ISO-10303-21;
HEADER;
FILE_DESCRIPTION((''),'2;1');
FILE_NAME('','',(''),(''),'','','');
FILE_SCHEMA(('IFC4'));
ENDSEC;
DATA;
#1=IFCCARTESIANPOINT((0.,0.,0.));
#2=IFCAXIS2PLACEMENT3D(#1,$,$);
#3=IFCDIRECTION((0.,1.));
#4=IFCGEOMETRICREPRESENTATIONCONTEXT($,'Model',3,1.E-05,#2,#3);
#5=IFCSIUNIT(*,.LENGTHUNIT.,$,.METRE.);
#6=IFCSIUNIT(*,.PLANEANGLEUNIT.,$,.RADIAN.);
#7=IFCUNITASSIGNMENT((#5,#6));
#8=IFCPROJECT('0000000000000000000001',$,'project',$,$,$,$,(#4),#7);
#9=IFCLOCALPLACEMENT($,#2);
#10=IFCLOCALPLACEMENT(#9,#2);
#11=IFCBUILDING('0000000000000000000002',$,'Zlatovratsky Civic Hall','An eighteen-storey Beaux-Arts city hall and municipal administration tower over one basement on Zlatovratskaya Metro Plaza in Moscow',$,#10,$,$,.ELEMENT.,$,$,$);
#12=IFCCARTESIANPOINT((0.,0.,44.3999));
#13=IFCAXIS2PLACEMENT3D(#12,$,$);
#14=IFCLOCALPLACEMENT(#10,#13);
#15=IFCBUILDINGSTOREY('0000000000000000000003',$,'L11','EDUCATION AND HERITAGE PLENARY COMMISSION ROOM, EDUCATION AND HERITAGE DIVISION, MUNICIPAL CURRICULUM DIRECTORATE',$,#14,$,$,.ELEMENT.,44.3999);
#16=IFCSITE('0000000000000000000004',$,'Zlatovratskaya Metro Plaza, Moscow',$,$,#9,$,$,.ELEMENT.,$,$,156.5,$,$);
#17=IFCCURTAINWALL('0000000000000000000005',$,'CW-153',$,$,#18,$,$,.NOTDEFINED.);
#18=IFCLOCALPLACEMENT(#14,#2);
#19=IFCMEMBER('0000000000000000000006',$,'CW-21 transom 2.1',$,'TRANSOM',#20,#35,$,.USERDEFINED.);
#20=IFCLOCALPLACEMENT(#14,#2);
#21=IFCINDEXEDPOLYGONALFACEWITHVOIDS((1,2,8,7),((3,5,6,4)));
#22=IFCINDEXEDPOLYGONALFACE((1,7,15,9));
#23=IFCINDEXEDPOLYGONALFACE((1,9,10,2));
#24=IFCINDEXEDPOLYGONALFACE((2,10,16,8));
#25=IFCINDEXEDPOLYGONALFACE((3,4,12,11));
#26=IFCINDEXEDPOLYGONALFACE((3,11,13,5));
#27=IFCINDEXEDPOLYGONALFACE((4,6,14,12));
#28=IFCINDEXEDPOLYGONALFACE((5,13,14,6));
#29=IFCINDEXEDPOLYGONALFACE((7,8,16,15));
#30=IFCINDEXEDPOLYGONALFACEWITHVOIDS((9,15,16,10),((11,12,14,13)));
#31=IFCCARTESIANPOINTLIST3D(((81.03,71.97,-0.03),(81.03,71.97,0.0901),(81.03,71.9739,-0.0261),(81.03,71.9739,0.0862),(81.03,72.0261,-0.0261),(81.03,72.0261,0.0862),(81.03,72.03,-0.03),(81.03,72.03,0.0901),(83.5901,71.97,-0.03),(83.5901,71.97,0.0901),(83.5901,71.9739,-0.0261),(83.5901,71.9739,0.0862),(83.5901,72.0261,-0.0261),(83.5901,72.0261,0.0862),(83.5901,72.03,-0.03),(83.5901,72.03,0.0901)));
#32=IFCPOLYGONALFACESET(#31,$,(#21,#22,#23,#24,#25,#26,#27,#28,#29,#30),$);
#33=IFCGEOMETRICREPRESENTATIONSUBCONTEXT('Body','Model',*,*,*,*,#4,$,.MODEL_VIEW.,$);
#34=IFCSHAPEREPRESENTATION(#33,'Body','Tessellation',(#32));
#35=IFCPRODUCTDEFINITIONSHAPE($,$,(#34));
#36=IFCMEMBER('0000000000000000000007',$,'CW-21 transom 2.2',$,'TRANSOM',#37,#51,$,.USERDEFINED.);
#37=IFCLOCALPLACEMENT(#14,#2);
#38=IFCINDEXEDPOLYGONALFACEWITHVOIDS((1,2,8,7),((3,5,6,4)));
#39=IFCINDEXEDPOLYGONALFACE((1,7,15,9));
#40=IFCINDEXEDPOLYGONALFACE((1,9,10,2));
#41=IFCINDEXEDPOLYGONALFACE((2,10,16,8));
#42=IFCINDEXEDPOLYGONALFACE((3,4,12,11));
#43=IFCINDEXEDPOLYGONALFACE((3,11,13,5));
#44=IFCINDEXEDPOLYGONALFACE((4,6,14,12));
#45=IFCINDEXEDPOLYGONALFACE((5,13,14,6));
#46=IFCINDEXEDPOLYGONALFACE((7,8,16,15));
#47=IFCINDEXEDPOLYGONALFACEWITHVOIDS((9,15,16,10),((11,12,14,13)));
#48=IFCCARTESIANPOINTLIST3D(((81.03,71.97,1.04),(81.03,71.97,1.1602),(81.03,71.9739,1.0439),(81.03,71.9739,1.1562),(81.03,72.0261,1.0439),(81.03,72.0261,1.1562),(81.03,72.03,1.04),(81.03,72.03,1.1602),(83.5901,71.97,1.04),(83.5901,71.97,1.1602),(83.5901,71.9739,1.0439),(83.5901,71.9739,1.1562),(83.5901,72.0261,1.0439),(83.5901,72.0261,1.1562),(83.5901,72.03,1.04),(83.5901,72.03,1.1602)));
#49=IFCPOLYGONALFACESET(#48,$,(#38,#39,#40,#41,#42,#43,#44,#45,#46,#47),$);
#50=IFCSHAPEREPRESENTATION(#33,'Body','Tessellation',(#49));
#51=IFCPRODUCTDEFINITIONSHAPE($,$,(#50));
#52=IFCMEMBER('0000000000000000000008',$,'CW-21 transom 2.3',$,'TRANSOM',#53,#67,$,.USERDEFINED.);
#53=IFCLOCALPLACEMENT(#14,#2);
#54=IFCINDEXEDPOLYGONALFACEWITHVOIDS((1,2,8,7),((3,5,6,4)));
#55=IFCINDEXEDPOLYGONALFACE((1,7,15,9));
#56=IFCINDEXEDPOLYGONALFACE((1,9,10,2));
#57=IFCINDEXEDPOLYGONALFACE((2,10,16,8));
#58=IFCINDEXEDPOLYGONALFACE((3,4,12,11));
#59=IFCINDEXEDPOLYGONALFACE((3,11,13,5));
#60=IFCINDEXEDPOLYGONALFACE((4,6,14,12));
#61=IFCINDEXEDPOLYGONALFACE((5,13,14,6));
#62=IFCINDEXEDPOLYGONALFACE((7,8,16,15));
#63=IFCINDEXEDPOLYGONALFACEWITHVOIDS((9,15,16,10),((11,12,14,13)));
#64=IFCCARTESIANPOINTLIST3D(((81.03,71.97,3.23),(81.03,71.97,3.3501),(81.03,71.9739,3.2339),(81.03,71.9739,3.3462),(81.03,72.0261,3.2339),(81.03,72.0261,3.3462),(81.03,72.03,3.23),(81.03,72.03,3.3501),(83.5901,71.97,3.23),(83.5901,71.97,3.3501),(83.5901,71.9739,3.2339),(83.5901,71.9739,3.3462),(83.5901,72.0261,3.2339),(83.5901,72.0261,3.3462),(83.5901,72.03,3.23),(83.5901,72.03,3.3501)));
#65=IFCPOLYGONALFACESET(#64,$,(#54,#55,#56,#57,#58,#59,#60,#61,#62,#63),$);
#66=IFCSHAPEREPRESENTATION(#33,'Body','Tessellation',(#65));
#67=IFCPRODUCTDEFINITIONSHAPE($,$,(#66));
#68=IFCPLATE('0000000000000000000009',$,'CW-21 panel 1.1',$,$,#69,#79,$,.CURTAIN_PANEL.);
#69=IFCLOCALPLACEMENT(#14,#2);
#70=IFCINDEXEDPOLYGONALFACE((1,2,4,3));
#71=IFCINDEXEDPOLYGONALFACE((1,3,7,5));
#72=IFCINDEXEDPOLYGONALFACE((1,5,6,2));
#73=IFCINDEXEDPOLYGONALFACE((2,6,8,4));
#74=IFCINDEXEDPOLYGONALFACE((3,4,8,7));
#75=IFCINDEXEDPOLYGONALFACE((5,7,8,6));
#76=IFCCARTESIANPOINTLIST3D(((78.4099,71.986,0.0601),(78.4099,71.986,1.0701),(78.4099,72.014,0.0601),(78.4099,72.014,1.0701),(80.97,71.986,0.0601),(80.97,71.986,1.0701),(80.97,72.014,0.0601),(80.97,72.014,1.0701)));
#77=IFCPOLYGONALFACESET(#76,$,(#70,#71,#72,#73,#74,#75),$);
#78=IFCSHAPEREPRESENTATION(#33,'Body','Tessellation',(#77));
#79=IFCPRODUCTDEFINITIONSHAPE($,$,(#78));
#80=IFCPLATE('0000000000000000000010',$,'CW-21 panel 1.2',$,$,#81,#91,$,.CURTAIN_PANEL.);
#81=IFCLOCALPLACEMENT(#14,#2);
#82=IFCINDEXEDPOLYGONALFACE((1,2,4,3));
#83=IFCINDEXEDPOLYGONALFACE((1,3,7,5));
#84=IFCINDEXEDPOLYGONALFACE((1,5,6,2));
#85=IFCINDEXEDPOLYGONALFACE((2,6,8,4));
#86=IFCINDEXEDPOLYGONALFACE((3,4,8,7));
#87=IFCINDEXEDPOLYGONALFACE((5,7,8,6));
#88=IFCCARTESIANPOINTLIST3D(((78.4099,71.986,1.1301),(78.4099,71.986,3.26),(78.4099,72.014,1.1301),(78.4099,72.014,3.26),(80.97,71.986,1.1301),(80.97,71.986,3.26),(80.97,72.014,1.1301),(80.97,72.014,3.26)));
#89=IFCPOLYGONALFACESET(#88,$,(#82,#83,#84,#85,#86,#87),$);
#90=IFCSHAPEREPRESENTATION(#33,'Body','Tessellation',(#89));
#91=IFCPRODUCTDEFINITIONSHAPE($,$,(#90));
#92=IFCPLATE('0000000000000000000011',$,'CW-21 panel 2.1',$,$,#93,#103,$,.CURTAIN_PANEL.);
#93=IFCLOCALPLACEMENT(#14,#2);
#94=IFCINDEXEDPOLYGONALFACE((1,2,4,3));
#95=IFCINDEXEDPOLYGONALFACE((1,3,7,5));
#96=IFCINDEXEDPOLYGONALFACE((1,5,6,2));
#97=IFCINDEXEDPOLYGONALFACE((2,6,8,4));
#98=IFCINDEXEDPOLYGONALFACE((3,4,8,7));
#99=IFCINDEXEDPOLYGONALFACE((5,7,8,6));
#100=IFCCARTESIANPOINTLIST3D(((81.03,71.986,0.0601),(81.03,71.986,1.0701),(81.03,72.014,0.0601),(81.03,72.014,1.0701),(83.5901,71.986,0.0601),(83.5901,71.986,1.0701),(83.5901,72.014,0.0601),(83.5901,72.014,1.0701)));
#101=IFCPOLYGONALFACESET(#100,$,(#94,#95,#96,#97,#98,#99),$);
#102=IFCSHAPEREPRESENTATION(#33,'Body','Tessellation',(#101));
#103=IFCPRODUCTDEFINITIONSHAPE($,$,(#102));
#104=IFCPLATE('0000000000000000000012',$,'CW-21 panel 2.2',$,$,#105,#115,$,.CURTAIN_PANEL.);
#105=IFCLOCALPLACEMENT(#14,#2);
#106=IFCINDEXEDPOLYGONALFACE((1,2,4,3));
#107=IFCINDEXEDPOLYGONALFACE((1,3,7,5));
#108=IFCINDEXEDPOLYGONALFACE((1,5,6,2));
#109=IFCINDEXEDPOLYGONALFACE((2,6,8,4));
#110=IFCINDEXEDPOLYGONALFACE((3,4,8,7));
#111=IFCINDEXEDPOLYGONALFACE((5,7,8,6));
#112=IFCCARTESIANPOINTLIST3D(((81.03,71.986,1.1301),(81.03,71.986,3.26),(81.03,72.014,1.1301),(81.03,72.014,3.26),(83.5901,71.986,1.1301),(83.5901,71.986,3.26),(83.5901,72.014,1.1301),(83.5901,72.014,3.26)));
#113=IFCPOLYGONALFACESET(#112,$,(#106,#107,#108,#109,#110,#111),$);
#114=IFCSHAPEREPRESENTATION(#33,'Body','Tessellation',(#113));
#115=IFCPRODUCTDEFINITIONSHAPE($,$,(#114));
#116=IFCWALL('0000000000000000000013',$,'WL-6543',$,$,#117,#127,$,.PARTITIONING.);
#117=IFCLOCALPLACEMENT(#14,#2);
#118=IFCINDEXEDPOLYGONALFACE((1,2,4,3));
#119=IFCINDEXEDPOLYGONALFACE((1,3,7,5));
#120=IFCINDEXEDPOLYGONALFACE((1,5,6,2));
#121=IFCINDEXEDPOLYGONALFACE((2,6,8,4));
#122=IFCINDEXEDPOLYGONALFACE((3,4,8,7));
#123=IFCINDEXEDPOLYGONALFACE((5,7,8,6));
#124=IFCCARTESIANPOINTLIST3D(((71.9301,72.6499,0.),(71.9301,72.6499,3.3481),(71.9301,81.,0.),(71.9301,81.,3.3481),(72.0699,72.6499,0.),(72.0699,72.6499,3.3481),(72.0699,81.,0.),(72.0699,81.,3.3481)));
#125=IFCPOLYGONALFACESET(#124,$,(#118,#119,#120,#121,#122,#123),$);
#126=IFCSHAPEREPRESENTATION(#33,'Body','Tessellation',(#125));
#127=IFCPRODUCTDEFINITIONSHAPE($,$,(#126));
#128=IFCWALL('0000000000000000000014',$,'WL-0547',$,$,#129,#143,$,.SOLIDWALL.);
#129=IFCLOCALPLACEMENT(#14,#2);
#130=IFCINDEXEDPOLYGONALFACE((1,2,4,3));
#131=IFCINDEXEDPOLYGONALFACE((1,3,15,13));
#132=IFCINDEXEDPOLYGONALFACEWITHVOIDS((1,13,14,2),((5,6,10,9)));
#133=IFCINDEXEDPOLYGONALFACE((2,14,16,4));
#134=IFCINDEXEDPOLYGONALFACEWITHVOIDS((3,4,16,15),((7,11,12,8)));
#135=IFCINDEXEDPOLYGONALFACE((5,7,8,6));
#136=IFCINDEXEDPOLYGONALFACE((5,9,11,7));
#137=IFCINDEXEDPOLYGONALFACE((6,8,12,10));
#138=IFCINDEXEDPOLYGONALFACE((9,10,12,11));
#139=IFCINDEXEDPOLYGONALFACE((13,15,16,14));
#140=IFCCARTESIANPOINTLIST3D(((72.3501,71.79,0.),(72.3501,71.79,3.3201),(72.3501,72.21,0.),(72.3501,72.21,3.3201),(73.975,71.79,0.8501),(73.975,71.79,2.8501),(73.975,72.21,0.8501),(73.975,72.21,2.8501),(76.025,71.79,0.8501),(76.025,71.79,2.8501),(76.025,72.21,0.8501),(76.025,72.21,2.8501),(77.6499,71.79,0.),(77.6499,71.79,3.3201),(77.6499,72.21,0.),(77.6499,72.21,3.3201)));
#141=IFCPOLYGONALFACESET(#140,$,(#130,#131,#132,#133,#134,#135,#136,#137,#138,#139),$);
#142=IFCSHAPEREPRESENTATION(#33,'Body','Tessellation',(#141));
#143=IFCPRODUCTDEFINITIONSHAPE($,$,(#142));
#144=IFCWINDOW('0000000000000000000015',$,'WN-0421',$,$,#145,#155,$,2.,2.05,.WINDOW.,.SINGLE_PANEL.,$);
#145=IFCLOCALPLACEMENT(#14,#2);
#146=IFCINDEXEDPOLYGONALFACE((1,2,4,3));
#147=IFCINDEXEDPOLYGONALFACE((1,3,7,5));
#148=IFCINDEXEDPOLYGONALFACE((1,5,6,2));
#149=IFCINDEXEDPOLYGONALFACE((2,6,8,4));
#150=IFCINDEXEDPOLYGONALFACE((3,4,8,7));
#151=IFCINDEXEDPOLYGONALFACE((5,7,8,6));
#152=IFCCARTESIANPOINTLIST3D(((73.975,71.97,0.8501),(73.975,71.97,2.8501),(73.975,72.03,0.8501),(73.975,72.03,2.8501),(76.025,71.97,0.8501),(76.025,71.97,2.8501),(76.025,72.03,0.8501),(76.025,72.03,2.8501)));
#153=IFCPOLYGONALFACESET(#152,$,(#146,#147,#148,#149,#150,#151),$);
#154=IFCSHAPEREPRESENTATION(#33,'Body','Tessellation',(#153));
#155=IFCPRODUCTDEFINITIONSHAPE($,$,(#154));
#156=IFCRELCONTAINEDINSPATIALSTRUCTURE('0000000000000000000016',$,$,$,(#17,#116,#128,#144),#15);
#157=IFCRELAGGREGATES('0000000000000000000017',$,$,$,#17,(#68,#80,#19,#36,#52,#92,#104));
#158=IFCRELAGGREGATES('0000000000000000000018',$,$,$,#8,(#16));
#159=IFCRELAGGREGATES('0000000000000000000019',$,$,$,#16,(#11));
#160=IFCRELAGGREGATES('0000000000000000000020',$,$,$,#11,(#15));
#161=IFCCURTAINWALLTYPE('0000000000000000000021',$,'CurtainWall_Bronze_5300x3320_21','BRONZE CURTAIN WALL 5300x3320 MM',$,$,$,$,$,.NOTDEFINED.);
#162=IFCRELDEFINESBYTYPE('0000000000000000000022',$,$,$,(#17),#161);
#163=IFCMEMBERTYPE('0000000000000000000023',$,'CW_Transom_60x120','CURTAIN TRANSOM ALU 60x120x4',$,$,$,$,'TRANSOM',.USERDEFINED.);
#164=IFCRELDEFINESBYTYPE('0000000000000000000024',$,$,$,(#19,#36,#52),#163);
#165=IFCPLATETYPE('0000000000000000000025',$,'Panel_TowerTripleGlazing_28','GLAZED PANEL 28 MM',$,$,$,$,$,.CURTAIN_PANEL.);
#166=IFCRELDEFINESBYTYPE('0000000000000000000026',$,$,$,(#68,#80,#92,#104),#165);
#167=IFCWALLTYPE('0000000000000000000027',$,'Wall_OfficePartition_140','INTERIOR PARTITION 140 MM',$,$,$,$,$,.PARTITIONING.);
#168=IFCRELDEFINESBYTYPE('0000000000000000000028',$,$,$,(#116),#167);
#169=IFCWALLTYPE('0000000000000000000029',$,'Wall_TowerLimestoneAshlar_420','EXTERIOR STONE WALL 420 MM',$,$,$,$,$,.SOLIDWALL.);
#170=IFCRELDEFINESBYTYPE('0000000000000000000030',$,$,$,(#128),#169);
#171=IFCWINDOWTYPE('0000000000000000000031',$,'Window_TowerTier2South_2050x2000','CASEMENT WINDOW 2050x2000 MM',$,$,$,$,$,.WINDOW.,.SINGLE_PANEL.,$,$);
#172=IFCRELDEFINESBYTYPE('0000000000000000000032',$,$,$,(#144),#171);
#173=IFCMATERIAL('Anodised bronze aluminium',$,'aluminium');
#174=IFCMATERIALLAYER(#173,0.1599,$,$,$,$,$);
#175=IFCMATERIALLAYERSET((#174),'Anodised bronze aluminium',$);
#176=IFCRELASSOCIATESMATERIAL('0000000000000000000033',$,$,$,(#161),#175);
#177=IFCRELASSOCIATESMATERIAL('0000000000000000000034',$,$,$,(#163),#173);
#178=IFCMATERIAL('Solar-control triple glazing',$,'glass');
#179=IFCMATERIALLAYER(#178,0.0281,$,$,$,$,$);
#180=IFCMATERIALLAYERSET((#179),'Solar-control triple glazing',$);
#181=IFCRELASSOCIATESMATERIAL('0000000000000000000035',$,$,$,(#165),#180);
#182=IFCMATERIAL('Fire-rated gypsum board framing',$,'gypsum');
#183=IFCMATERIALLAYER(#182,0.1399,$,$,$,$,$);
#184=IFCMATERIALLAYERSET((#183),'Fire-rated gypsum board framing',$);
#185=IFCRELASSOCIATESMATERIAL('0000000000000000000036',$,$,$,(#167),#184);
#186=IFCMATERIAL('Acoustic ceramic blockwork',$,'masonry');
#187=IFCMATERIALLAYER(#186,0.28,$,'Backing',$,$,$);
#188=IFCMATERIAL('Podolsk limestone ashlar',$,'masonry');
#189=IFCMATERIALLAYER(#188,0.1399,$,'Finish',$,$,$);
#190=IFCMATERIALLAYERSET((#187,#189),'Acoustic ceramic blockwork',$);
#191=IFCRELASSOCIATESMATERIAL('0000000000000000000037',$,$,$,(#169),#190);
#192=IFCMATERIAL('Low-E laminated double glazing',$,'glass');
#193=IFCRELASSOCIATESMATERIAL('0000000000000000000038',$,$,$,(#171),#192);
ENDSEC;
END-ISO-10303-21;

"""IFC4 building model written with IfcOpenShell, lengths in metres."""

from ifc_helpers import new_model, si_unit, direction, frame, frame_2d, origin, origin_2d, place, context, subcontext, project, spatial, rectangle, hollow_rectangle, extrude, material, layer, layer_set, material_profile, profile_set, type_object, element, fill, aggregate, save


model = new_model("IFC4")

# Units and contexts
model_context = context("Model", 3, precision=1e-05, world=origin(), true_north=direction((0.0, 1.0)))
body_context = subcontext(model_context, "Body", "Model", "MODEL_VIEW")
ifc_project = project(units=[si_unit("LENGTHUNIT", "METRE"), si_unit("PLANEANGLEUNIT", "RADIAN")], contexts=[model_context])

# Site, building, storey
site_placement = place(None, origin())
site = spatial("IfcSite", under=ifc_project, at=site_placement, Name="Zlatovratskaya Metro Plaza, Moscow", CompositionType="ELEMENT", RefElevation=156.5)
building_placement = place(site_placement, origin())
building = spatial("IfcBuilding", under=site, at=building_placement, Name="Zlatovratsky Civic Hall", Description="An eighteen-storey Beaux-Arts city hall and municipal administration tower over one basement on Zlatovratskaya Metro Plaza in Moscow", CompositionType="ELEMENT")
storey_placement = place(building_placement, frame((0.0, 0.0, 44.3999)))
storey = spatial("IfcBuildingStorey", under=building, at=storey_placement, Name="L11", Description="EDUCATION AND HERITAGE PLENARY COMMISSION ROOM, EDUCATION AND HERITAGE DIVISION, MUNICIPAL CURRICULUM DIRECTORATE", CompositionType="ELEMENT", Elevation=44.3999)

# Curtain wall, members, plates
ifc_material_1 = material(Name="Anodised bronze aluminium", Category="aluminium")
ifc_layer_1 = layer(ifc_material_1, 0.1599)
ifc_layer_set_1 = layer_set([ifc_layer_1], Name="Anodised bronze aluminium")
curtain_wall_type = type_object("IfcCurtainWallType", Name="CurtainWall_Bronze_5300x3320_21", Description="BRONZE CURTAIN WALL 5300x3320 MM", PredefinedType="NOTDEFINED", material=ifc_layer_set_1)
curtain_wall_placement = place(storey_placement, origin())
curtain_wall = element("IfcCurtainWall", 1, at=curtain_wall_placement, inside=storey, type_object=curtain_wall_type, Name="CW-153", PredefinedType="NOTDEFINED")
ifc_material_profile_1 = material_profile(ifc_material_1, hollow_rectangle(XDim=0.0601, YDim=0.1201, WallThickness=0.0039, at=origin_2d()), Name="ALU 60x120x4")
ifc_profile_set_1 = profile_set([ifc_material_profile_1], Name="Anodised bronze aluminium")
member_type_1 = type_object("IfcMemberType", Name="CW_Transom_60x120", Description="CURTAIN TRANSOM ALU 60x120x4", ElementType="TRANSOM", PredefinedType="USERDEFINED", material=ifc_profile_set_1)
member_1_placement = place(storey_placement, frame((81.03, 72.0, 0.03), z_axis=(1.0, 0.0, 0.0), x_axis=(0.0, 1.0, 0.0)))
member_1 = element("IfcMember", 2, at=member_1_placement, type_object=member_type_1, Name="CW-21 transom 2.1", ObjectType="TRANSOM", PredefinedType="USERDEFINED", context=body_context, shape_type="SweptSolid", body=[
    extrude(hollow_rectangle(XDim=0.0601, YDim=0.1201, WallThickness=0.0039, at=origin_2d()), origin(), (0.0, 0.0, 1.0), 2.5601),
])
member_2_placement = place(storey_placement, frame((81.03, 72.0, 1.1001), z_axis=(1.0, 0.0, 0.0), x_axis=(0.0, 1.0, 0.0)))
member_2 = element("IfcMember", 3, at=member_2_placement, type_object=member_type_1, Name="CW-21 transom 2.2", ObjectType="TRANSOM", PredefinedType="USERDEFINED", context=body_context, shape_type="SweptSolid", body=[
    extrude(hollow_rectangle(XDim=0.0601, YDim=0.1201, WallThickness=0.0039, at=origin_2d()), origin(), (0.0, 0.0, 1.0), 2.5601),
])
member_3_placement = place(storey_placement, frame((81.03, 72.0, 3.29), z_axis=(1.0, 0.0, 0.0), x_axis=(0.0, 1.0, 0.0)))
member_3 = element("IfcMember", 4, at=member_3_placement, type_object=member_type_1, Name="CW-21 transom 2.3", ObjectType="TRANSOM", PredefinedType="USERDEFINED", context=body_context, shape_type="SweptSolid", body=[
    extrude(hollow_rectangle(XDim=0.0601, YDim=0.1201, WallThickness=0.0039, at=origin_2d()), origin(), (0.0, 0.0, 1.0), 2.5601),
])
ifc_material_2 = material(Name="Solar-control triple glazing", Category="glass")
ifc_layer_2 = layer(ifc_material_2, 0.0281)
ifc_layer_set_2 = layer_set([ifc_layer_2], Name="Solar-control triple glazing")
plate_type = type_object("IfcPlateType", Name="Panel_TowerTripleGlazing_28", Description="GLAZED PANEL 28 MM", PredefinedType="CURTAIN_PANEL", material=ifc_layer_set_2)
plate_1_placement = place(storey_placement, frame((79.6899, 72.0, 0.0601), z_axis=(0.0, 0.0, 1.0), x_axis=(1.0, 0.0, 0.0)))
plate_1 = element("IfcPlate", 5, at=plate_1_placement, type_object=plate_type, Name="CW-21 panel 1.1", PredefinedType="CURTAIN_PANEL", context=body_context, shape_type="SweptSolid", body=[
    extrude(rectangle(XDim=2.5601, YDim=0.0281, at=origin_2d()), origin(), (0.0, 0.0, 1.0), 1.01),
])
plate_2_placement = place(storey_placement, frame((79.6899, 72.0, 1.1301), z_axis=(0.0, 0.0, 1.0), x_axis=(1.0, 0.0, 0.0)))
plate_2 = element("IfcPlate", 6, at=plate_2_placement, type_object=plate_type, Name="CW-21 panel 1.2", PredefinedType="CURTAIN_PANEL", context=body_context, shape_type="SweptSolid", body=[
    extrude(rectangle(XDim=2.5601, YDim=0.0281, at=origin_2d()), origin(), (0.0, 0.0, 1.0), 2.1299),
])
plate_3_placement = place(storey_placement, frame((82.3101, 72.0, 0.0601), z_axis=(0.0, 0.0, 1.0), x_axis=(1.0, 0.0, 0.0)))
plate_3 = element("IfcPlate", 7, at=plate_3_placement, type_object=plate_type, Name="CW-21 panel 2.1", PredefinedType="CURTAIN_PANEL", context=body_context, shape_type="SweptSolid", body=[
    extrude(rectangle(XDim=2.5601, YDim=0.0281, at=origin_2d()), origin(), (0.0, 0.0, 1.0), 1.01),
])
plate_4_placement = place(storey_placement, frame((82.3101, 72.0, 1.1301), z_axis=(0.0, 0.0, 1.0), x_axis=(1.0, 0.0, 0.0)))
plate_4 = element("IfcPlate", 8, at=plate_4_placement, type_object=plate_type, Name="CW-21 panel 2.2", PredefinedType="CURTAIN_PANEL", context=body_context, shape_type="SweptSolid", body=[
    extrude(rectangle(XDim=2.5601, YDim=0.0281, at=origin_2d()), origin(), (0.0, 0.0, 1.0), 2.1299),
])
aggregate(curtain_wall, [plate_1, plate_2, member_1, member_2, member_3, plate_3, plate_4])

# Wall
ifc_material_3 = material(Name="Fire-rated gypsum board framing", Category="gypsum")
ifc_layer_3 = layer(ifc_material_3, 0.1399)
ifc_layer_set_3 = layer_set([ifc_layer_3], Name="Fire-rated gypsum board framing")
wall_type_1 = type_object("IfcWallType", Name="Wall_OfficePartition_140", Description="INTERIOR PARTITION 140 MM", PredefinedType="PARTITIONING", material=ifc_layer_set_3)
wall_1_placement = place(storey_placement, frame((72.0, 72.6499, 0.0), z_axis=(0.0, 0.0, 1.0), x_axis=(0.0, 1.0, 0.0)))
element("IfcWall", 9, at=wall_1_placement, inside=storey, type_object=wall_type_1, Name="WL-6543", PredefinedType="PARTITIONING", context=body_context, shape_type="SweptSolid", body=[
    extrude(rectangle(XDim=8.3501, YDim=0.1399, at=frame_2d((4.175, 0.0))), origin(), (0.0, 0.0, 1.0), 3.3481),
])

# Wall, opening, window
ifc_material_4 = material(Name="Acoustic ceramic blockwork", Category="masonry")
ifc_layer_4 = layer(ifc_material_4, 0.28, Name="Backing")
ifc_material_5 = material(Name="Podolsk limestone ashlar", Category="masonry")
ifc_layer_5 = layer(ifc_material_5, 0.1399, Name="Finish")
ifc_layer_set_4 = layer_set([ifc_layer_4, ifc_layer_5], Name="Acoustic ceramic blockwork")
wall_type_2 = type_object("IfcWallType", Name="Wall_TowerLimestoneAshlar_420", Description="EXTERIOR STONE WALL 420 MM", PredefinedType="SOLIDWALL", material=ifc_layer_set_4)
wall_2_placement = place(storey_placement, frame((72.3501, 72.0, 0.0), z_axis=(0.0, 0.0, 1.0), x_axis=(1.0, 0.0, 0.0)))
wall_2 = element("IfcWall", 10, at=wall_2_placement, inside=storey, type_object=wall_type_2, Name="WL-0547", PredefinedType="SOLIDWALL", context=body_context, shape_type="SweptSolid", body=[
    extrude(rectangle(XDim=5.2998, YDim=0.4199, at=frame_2d((2.6499, 0.0))), origin(), (0.0, 0.0, 1.0), 3.3201),
])
opening_placement = place(wall_2_placement, frame((1.625, 0.0, 0.8501)))
opening = element("IfcOpeningElement", 11, at=opening_placement, cuts=wall_2, PredefinedType="OPENING", context=body_context, shape_type="SweptSolid", body=[
    extrude(rectangle(XDim=2.05, YDim=2.0, at=frame_2d((1.0249, 1.0))), frame((0.0, 0.2249, 0.0), z_axis=(0.0, -1.0, 0.0), x_axis=(1.0, 0.0, 0.0)), (0.0, 0.0, 1.0), 0.4497),
])
ifc_material_6 = material(Name="Low-E laminated double glazing", Category="glass")
window_type = type_object("IfcWindowType", Name="Window_TowerTier2South_2050x2000", Description="CASEMENT WINDOW 2050x2000 MM", PartitioningType="SINGLE_PANEL", PredefinedType="WINDOW", material=ifc_material_6)
window_placement = place(opening_placement, origin())
window = element("IfcWindow", 12, at=window_placement, inside=storey, type_object=window_type, Name="WN-0421", OverallHeight=2.0, OverallWidth=2.05, PartitioningType="SINGLE_PANEL", PredefinedType="WINDOW", context=body_context, shape_type="SweptSolid", body=[
    extrude(rectangle(XDim=2.05, YDim=2.0, at=frame_2d((1.0249, 1.0))), frame((0.0, 0.03, 0.0), z_axis=(0.0, -1.0, 0.0), x_axis=(1.0, 0.0, 0.0)), (0.0, 0.0, 1.0), 0.0601),
])
fill(opening, window)

save(model, "model.ifc")
